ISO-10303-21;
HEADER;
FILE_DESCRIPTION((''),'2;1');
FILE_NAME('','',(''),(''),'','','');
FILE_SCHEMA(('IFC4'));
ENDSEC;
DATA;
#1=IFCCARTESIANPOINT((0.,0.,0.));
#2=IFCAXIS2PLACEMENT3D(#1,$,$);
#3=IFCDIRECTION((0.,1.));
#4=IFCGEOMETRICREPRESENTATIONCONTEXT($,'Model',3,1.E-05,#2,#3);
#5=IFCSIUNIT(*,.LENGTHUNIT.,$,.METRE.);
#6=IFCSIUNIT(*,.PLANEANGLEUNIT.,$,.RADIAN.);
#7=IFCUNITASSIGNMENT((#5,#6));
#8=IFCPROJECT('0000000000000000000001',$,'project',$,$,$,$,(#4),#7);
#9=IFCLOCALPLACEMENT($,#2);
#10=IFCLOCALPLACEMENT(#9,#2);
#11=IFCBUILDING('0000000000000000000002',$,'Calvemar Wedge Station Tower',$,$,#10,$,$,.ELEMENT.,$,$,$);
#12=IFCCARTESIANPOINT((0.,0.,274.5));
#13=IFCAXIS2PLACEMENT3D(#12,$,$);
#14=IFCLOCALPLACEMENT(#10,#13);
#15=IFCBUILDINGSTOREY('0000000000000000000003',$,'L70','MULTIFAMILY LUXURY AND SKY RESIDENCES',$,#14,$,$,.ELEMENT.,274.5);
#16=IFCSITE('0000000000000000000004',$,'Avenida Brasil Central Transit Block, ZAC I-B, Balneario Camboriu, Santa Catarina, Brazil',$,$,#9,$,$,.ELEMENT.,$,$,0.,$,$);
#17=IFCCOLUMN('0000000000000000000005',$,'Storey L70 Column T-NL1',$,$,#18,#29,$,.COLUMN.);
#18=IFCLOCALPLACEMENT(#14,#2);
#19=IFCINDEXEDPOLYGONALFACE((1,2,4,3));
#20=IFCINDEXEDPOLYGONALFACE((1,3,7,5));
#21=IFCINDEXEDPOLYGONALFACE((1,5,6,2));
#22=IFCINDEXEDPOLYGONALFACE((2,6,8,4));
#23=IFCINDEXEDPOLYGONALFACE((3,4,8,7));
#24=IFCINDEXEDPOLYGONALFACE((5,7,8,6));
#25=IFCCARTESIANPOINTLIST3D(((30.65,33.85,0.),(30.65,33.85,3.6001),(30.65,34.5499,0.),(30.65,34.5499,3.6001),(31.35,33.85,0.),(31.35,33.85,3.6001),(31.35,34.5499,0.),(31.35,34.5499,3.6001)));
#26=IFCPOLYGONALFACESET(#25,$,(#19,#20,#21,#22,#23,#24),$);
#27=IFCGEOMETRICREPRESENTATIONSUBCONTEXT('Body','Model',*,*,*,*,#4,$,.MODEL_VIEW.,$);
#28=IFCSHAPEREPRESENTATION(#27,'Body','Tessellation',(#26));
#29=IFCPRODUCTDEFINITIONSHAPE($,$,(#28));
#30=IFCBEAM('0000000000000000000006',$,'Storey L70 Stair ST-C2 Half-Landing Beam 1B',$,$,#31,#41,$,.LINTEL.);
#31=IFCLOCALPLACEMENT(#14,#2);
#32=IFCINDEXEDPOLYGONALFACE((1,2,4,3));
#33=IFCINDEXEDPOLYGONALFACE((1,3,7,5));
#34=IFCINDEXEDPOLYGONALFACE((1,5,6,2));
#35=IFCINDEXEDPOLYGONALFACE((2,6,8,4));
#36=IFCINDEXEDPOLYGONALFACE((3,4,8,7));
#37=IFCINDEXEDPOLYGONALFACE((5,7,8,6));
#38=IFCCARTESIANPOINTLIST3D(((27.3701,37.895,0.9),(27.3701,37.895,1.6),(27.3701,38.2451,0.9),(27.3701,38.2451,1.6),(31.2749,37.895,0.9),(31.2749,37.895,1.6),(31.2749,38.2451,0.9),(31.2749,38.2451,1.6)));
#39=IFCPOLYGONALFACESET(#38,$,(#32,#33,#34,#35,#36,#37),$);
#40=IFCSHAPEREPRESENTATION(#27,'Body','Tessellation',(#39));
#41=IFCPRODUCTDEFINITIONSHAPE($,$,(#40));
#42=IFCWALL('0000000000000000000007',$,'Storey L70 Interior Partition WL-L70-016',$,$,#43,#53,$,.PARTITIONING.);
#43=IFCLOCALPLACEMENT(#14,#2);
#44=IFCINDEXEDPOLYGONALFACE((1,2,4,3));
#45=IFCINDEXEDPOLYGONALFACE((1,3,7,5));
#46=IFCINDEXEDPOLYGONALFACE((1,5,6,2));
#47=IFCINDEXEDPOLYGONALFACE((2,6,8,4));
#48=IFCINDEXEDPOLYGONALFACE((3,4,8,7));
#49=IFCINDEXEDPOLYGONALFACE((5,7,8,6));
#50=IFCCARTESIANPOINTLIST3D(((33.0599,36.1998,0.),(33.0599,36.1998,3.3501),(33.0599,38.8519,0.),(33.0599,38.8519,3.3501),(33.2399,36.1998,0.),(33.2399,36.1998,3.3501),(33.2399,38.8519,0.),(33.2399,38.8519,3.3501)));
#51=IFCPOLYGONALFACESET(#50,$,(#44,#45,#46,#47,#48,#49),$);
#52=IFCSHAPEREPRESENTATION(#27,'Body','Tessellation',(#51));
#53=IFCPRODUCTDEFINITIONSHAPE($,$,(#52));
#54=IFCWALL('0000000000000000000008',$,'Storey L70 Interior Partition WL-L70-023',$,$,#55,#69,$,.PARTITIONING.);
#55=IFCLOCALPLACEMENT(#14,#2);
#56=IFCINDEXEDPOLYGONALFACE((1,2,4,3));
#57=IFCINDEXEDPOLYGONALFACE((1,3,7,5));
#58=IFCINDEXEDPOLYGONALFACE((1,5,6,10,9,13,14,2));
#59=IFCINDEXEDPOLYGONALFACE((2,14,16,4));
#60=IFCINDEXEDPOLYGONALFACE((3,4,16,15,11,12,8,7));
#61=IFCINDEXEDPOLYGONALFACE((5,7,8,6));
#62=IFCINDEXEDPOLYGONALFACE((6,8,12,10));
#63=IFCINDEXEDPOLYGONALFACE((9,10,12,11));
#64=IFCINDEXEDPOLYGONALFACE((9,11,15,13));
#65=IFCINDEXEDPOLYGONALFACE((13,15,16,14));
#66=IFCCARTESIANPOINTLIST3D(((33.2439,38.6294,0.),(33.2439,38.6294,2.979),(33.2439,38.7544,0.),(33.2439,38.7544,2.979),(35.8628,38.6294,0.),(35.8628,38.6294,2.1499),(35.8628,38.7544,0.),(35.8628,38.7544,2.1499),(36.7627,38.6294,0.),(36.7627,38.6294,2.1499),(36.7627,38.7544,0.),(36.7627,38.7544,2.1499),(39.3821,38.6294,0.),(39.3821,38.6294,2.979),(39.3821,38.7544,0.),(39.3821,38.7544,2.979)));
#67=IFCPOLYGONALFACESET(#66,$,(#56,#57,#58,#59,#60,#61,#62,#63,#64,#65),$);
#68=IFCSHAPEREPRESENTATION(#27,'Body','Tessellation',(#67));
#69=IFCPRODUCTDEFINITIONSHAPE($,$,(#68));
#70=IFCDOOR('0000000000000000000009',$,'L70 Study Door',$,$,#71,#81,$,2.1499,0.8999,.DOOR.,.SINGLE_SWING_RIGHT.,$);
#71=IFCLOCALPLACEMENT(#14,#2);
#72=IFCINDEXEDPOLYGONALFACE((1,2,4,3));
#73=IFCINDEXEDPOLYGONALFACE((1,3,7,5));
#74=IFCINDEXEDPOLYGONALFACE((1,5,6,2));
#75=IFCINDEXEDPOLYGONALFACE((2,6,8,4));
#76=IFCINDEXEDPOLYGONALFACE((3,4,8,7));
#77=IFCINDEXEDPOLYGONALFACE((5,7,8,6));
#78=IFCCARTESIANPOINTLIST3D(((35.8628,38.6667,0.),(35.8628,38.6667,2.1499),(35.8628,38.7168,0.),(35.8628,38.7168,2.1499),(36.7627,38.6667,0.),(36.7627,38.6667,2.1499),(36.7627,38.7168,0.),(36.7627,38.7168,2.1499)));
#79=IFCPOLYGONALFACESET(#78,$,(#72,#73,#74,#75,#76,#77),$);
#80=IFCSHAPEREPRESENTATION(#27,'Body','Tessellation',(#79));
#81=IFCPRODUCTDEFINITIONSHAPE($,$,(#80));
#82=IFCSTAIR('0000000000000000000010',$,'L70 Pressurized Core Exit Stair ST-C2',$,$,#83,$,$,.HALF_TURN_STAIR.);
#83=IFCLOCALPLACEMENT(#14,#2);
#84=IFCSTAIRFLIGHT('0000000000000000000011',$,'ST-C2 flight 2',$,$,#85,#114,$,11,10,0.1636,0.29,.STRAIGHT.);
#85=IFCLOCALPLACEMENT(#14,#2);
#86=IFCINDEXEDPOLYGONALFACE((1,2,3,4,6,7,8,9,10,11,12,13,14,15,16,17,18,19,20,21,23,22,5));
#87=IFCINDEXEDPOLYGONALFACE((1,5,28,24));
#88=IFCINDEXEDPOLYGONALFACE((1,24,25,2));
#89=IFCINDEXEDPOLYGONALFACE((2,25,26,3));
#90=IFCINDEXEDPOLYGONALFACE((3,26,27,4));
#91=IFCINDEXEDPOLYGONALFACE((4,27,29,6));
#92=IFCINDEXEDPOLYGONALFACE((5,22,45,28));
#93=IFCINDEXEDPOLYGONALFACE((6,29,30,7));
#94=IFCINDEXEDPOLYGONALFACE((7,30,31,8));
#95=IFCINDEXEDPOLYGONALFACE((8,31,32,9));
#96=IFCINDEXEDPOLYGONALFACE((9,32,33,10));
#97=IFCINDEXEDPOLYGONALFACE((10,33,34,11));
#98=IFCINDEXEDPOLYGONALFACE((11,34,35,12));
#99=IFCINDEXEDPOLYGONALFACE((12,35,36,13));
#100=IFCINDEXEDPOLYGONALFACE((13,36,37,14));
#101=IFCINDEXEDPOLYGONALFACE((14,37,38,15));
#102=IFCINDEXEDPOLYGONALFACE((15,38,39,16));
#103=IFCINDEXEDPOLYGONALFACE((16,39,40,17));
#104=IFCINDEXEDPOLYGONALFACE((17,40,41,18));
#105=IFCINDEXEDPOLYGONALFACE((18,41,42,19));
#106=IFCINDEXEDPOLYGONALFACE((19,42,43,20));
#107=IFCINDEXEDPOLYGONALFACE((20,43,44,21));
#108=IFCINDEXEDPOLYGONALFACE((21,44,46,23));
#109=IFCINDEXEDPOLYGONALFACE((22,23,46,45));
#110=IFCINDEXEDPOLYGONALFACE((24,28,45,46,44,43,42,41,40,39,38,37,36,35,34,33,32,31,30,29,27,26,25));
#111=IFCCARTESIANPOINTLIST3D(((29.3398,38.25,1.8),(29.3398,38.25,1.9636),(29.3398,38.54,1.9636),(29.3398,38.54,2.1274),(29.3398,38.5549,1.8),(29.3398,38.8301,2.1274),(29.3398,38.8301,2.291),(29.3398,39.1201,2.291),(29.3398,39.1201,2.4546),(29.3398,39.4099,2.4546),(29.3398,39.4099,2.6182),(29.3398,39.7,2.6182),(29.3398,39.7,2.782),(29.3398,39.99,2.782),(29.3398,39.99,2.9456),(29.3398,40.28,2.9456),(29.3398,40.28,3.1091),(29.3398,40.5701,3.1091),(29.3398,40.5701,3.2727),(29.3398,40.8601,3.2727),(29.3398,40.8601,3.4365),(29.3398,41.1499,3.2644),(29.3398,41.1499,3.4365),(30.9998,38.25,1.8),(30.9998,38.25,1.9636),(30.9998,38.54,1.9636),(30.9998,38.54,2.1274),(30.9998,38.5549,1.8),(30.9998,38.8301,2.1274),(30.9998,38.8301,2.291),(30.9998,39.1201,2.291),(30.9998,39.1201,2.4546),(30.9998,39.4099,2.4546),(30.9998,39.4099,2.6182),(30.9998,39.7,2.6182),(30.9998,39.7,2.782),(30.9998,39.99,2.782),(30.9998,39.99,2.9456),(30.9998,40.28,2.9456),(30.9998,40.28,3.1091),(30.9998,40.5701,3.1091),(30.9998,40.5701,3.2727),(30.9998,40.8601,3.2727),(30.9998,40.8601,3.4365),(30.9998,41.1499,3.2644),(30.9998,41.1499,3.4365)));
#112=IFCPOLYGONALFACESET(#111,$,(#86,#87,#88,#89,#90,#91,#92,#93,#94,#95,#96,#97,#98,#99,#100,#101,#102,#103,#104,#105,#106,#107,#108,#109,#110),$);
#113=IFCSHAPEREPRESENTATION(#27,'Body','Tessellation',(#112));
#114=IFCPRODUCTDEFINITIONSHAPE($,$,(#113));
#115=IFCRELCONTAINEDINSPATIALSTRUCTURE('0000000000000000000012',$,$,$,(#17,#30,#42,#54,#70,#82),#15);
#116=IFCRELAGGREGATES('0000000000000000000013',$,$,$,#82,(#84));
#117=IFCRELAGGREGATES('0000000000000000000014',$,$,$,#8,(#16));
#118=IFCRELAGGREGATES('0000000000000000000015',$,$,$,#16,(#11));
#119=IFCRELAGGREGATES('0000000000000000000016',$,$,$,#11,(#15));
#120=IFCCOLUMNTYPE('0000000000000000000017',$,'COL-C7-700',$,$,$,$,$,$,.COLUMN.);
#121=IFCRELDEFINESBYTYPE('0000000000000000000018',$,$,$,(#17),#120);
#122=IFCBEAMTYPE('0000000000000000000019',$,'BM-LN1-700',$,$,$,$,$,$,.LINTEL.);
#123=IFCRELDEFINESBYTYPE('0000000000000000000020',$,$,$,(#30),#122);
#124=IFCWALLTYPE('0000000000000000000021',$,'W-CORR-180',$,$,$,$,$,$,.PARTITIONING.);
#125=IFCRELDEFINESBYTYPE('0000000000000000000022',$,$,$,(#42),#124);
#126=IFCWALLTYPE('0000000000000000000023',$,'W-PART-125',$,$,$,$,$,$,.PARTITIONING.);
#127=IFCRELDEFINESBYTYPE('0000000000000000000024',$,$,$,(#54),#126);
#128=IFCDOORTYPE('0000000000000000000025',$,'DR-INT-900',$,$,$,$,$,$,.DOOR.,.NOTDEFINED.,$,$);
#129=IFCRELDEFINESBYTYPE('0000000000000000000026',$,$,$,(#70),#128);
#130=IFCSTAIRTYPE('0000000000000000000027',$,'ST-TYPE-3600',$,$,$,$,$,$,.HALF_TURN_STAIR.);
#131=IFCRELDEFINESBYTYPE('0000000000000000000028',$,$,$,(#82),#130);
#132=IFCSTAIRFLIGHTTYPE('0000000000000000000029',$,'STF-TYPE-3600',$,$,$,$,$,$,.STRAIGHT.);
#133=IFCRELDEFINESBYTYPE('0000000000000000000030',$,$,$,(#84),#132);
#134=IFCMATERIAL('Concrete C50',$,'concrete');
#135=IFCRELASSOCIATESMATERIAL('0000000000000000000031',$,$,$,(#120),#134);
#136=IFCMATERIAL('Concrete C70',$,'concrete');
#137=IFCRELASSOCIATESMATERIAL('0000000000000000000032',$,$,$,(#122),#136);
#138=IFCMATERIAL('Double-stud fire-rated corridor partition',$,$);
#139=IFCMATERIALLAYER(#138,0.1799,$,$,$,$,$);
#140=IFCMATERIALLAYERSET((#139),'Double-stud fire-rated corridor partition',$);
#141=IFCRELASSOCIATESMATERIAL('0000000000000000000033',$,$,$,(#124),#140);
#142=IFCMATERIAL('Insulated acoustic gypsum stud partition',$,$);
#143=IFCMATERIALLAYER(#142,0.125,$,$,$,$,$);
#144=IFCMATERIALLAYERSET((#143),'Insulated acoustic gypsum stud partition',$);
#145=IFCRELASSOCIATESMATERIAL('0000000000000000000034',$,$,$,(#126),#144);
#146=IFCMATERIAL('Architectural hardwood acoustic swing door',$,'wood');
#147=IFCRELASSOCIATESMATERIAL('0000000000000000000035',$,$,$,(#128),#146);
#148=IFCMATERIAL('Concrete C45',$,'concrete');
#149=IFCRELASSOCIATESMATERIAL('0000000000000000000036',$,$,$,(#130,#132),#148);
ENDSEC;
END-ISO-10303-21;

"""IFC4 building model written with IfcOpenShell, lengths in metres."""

from ifc_helpers import new_model, si_unit, direction, frame, frame_2d, origin, origin_2d, place, context, subcontext, project, spatial, polyline, rectangle, outline, extrude, source, transform, mapped, material, layer, layer_set, material_profile, profile_set, type_object, element, fill, aggregate, save


model = new_model("IFC4")

# Units and contexts
model_context = context("Model", 3, precision=1e-05, world=origin(), true_north=direction((0.0, 1.0)))
body_context = subcontext(model_context, "Body", "Model", "MODEL_VIEW")
ifc_project = project(units=[si_unit("LENGTHUNIT", "METRE"), si_unit("PLANEANGLEUNIT", "RADIAN")], contexts=[model_context])

# Site, building, storey
site_placement = place(None, origin())
site = spatial("IfcSite", under=ifc_project, at=site_placement, Name="Avenida Brasil Central Transit Block, ZAC I-B, Balneario Camboriu, Santa Catarina, Brazil", CompositionType="ELEMENT", RefElevation=0.0)
building_placement = place(site_placement, origin())
building = spatial("IfcBuilding", under=site, at=building_placement, Name="Calvemar Wedge Station Tower", CompositionType="ELEMENT")
storey_placement = place(building_placement, frame((0.0, 0.0, 274.5)))
storey = spatial("IfcBuildingStorey", under=building, at=storey_placement, Name="L70", Description="MULTIFAMILY LUXURY AND SKY RESIDENCES", CompositionType="ELEMENT", Elevation=274.5)

# Column
ifc_material_1 = material(Name="Concrete C50", Category="concrete")
ifc_material_profile_1 = material_profile(ifc_material_1, rectangle(XDim=0.7, YDim=0.7, at=origin_2d()), Name="RC700x700")
ifc_profile_set_1 = profile_set([ifc_material_profile_1], Name="Concrete C50")
column_type = type_object("IfcColumnType", Name="COL-C7-700", PredefinedType="COLUMN", material=ifc_profile_set_1)
shared_shape_1 = source(origin(), body_context, "Body", "SweptSolid", [
    extrude(rectangle(XDim=0.7, YDim=0.7, at=origin_2d()), origin(), (0.0, 0.0, 1.0), 3.6001),
])
column_placement = place(storey_placement, frame((31.0, 34.2, 0.0), z_axis=(0.0, 0.0, 1.0), x_axis=(1.0, 0.0, 0.0)))
element("IfcColumn", 1, at=column_placement, inside=storey, type_object=column_type, Name="Storey L70 Column T-NL1", PredefinedType="COLUMN", context=body_context, shape_type="MappedRepresentation", body=[
    mapped(shared_shape_1, transform((0.0, 0.0, 0.0), scale=1.0)),
])

# Beam
ifc_material_2 = material(Name="Concrete C70", Category="concrete")
ifc_material_profile_2 = material_profile(ifc_material_2, rectangle(XDim=0.3501, YDim=0.7, at=origin_2d()), Name="RC350x700")
ifc_profile_set_2 = profile_set([ifc_material_profile_2], Name="Concrete C70")
beam_type = type_object("IfcBeamType", Name="BM-LN1-700", PredefinedType="LINTEL", material=ifc_profile_set_2)
shared_shape_2 = source(origin(), body_context, "Body", "SweptSolid", [
    extrude(rectangle(XDim=0.3501, YDim=0.7, at=origin_2d()), origin(), (0.0, 0.0, 1.0), 3.9048),
])
beam_placement = place(storey_placement, frame((27.3701, 38.0701, 1.25), z_axis=(1.0, 0.0, 0.0), x_axis=(0.0, 1.0, 0.0)))
element("IfcBeam", 2, at=beam_placement, inside=storey, type_object=beam_type, Name="Storey L70 Stair ST-C2 Half-Landing Beam 1B", PredefinedType="LINTEL", context=body_context, shape_type="MappedRepresentation", body=[
    mapped(shared_shape_2, transform((0.0, 0.0, 0.0), scale=1.0)),
])

# Wall
ifc_material_3 = material(Name="Double-stud fire-rated corridor partition")
ifc_layer_1 = layer(ifc_material_3, 0.1799)
ifc_layer_set_1 = layer_set([ifc_layer_1], Name="Double-stud fire-rated corridor partition")
wall_type_1 = type_object("IfcWallType", Name="W-CORR-180", PredefinedType="PARTITIONING", material=ifc_layer_set_1)
wall_1_placement = place(storey_placement, frame((33.1499, 38.8521, 0.0), z_axis=(0.0, 0.0, 1.0), x_axis=(0.0, -1.0, 0.0)))
element("IfcWall", 3, at=wall_1_placement, inside=storey, type_object=wall_type_1, Name="Storey L70 Interior Partition WL-L70-016", PredefinedType="PARTITIONING", context=body_context, shape_type="SweptSolid", body=[
    extrude(rectangle(XDim=2.6521, YDim=0.1799, at=frame_2d((1.3262, 0.0))), origin(), (0.0, 0.0, 1.0), 3.3501),
])

# Wall, opening, door
ifc_material_4 = material(Name="Insulated acoustic gypsum stud partition")
ifc_layer_2 = layer(ifc_material_4, 0.125)
ifc_layer_set_2 = layer_set([ifc_layer_2], Name="Insulated acoustic gypsum stud partition")
wall_type_2 = type_object("IfcWallType", Name="W-PART-125", PredefinedType="PARTITIONING", material=ifc_layer_set_2)
wall_2_placement = place(storey_placement, frame((33.2439, 38.6919, 0.0), z_axis=(0.0, 0.0, 1.0), x_axis=(1.0, 0.0, 0.0)))
wall_2 = element("IfcWall", 4, at=wall_2_placement, inside=storey, type_object=wall_type_2, Name="Storey L70 Interior Partition WL-L70-023", PredefinedType="PARTITIONING", context=body_context, shape_type="SweptSolid", body=[
    extrude(rectangle(XDim=6.1382, YDim=0.125, at=frame_2d((3.0691, 0.0))), origin(), (0.0, 0.0, 1.0), 2.979),
])
shared_shape_3 = source(origin(), body_context, "Body", "SweptSolid", [
    extrude(rectangle(XDim=0.8999, YDim=2.1499, at=frame_2d((0.45, 1.075))), frame((0.0, 0.0725, 0.0), z_axis=(0.0, -1.0, 0.0), x_axis=(1.0, 0.0, 0.0)), (0.0, 0.0, 1.0), 0.145),
])
opening_1_placement = place(wall_2_placement, frame((2.6189, 0.0, 0.0)))
opening_1 = element("IfcOpeningElement", 5, at=opening_1_placement, cuts=wall_2, PredefinedType="OPENING", context=body_context, shape_type="MappedRepresentation", body=[
    mapped(shared_shape_3, transform((0.0, 0.0, 0.0), scale=1.0)),
])
ifc_material_5 = material(Name="Architectural hardwood acoustic swing door", Category="wood")
door_type_1 = type_object("IfcDoorType", Name="DR-INT-900", OperationType="NOTDEFINED", PredefinedType="DOOR", material=ifc_material_5)
shared_shape_4 = source(origin(), body_context, "Body", "SweptSolid", [
    extrude(rectangle(XDim=0.8999, YDim=2.1499, at=frame_2d((0.45, 1.075))), frame((0.0, 0.0249, 0.0), z_axis=(0.0, -1.0, 0.0), x_axis=(1.0, 0.0, 0.0)), (0.0, 0.0, 1.0), 0.05),
])
door_1_placement = place(opening_1_placement, origin())
door_1 = element("IfcDoor", 6, at=door_1_placement, inside=storey, type_object=door_type_1, Name="L70 Study Door", OperationType="SINGLE_SWING_RIGHT", OverallHeight=2.1499, OverallWidth=0.8999, PredefinedType="DOOR", context=body_context, shape_type="MappedRepresentation", body=[
    mapped(shared_shape_4, transform((0.0, 0.0, 0.0), scale=1.0)),
])
fill(opening_1, door_1)

# Stair, stair flight
ifc_material_6 = material(Name="Concrete C45", Category="concrete")
stair_type = type_object("IfcStairType", Name="ST-TYPE-3600", PredefinedType="HALF_TURN_STAIR", material=ifc_material_6)
stair_placement = place(storey_placement, origin())
stair = element("IfcStair", 7, at=stair_placement, inside=storey, type_object=stair_type, Name="L70 Pressurized Core Exit Stair ST-C2", PredefinedType="HALF_TURN_STAIR")
stair_flight_type = type_object("IfcStairFlightType", Name="STF-TYPE-3600", PredefinedType="STRAIGHT", material=ifc_material_6)
stair_flight_placement = place(storey_placement, frame((30.1699, 38.25, 1.8), z_axis=(0.0, 0.0, 1.0), x_axis=(0.0, 1.0, 0.0)))
stair_flight = element("IfcStairFlight", 8, at=stair_flight_placement, type_object=stair_flight_type, Name="ST-C2 flight 2", NumberOfRisers=11, NumberOfTreads=10, PredefinedType="STRAIGHT", RiserHeight=0.1636, TreadLength=0.29, context=body_context, shape_type="SweptSolid", body=[
    extrude(outline(polyline([(0.0, 0.0), (0.0, 0.1636), (0.29, 0.1636), (0.29, 0.3274), (0.5801, 0.3274), (0.5801, 0.491), (0.8701, 0.491), (0.8701, 0.6545), (1.1599, 0.6545), (1.1599, 0.8181), (1.45, 0.8181), (1.45, 0.9819), (1.74, 0.9819), (1.74, 1.1455), (2.03, 1.1455), (2.03, 1.3091), (2.3201, 1.3091), (2.3201, 1.4727), (2.6101, 1.4727), (2.6101, 1.6365), (2.8999, 1.6365), (2.8999, 1.8), (2.8999, 1.4644), (0.3049, 0.0), (0.0, 0.0)])), frame((0.0, 0.8301, 0.0), z_axis=(0.0, -1.0, 0.0), x_axis=(1.0, 0.0, 0.0)), (0.0, 0.0, 1.0), 1.6599),
])
aggregate(stair, [stair_flight])

save(model, "model.ifc")
